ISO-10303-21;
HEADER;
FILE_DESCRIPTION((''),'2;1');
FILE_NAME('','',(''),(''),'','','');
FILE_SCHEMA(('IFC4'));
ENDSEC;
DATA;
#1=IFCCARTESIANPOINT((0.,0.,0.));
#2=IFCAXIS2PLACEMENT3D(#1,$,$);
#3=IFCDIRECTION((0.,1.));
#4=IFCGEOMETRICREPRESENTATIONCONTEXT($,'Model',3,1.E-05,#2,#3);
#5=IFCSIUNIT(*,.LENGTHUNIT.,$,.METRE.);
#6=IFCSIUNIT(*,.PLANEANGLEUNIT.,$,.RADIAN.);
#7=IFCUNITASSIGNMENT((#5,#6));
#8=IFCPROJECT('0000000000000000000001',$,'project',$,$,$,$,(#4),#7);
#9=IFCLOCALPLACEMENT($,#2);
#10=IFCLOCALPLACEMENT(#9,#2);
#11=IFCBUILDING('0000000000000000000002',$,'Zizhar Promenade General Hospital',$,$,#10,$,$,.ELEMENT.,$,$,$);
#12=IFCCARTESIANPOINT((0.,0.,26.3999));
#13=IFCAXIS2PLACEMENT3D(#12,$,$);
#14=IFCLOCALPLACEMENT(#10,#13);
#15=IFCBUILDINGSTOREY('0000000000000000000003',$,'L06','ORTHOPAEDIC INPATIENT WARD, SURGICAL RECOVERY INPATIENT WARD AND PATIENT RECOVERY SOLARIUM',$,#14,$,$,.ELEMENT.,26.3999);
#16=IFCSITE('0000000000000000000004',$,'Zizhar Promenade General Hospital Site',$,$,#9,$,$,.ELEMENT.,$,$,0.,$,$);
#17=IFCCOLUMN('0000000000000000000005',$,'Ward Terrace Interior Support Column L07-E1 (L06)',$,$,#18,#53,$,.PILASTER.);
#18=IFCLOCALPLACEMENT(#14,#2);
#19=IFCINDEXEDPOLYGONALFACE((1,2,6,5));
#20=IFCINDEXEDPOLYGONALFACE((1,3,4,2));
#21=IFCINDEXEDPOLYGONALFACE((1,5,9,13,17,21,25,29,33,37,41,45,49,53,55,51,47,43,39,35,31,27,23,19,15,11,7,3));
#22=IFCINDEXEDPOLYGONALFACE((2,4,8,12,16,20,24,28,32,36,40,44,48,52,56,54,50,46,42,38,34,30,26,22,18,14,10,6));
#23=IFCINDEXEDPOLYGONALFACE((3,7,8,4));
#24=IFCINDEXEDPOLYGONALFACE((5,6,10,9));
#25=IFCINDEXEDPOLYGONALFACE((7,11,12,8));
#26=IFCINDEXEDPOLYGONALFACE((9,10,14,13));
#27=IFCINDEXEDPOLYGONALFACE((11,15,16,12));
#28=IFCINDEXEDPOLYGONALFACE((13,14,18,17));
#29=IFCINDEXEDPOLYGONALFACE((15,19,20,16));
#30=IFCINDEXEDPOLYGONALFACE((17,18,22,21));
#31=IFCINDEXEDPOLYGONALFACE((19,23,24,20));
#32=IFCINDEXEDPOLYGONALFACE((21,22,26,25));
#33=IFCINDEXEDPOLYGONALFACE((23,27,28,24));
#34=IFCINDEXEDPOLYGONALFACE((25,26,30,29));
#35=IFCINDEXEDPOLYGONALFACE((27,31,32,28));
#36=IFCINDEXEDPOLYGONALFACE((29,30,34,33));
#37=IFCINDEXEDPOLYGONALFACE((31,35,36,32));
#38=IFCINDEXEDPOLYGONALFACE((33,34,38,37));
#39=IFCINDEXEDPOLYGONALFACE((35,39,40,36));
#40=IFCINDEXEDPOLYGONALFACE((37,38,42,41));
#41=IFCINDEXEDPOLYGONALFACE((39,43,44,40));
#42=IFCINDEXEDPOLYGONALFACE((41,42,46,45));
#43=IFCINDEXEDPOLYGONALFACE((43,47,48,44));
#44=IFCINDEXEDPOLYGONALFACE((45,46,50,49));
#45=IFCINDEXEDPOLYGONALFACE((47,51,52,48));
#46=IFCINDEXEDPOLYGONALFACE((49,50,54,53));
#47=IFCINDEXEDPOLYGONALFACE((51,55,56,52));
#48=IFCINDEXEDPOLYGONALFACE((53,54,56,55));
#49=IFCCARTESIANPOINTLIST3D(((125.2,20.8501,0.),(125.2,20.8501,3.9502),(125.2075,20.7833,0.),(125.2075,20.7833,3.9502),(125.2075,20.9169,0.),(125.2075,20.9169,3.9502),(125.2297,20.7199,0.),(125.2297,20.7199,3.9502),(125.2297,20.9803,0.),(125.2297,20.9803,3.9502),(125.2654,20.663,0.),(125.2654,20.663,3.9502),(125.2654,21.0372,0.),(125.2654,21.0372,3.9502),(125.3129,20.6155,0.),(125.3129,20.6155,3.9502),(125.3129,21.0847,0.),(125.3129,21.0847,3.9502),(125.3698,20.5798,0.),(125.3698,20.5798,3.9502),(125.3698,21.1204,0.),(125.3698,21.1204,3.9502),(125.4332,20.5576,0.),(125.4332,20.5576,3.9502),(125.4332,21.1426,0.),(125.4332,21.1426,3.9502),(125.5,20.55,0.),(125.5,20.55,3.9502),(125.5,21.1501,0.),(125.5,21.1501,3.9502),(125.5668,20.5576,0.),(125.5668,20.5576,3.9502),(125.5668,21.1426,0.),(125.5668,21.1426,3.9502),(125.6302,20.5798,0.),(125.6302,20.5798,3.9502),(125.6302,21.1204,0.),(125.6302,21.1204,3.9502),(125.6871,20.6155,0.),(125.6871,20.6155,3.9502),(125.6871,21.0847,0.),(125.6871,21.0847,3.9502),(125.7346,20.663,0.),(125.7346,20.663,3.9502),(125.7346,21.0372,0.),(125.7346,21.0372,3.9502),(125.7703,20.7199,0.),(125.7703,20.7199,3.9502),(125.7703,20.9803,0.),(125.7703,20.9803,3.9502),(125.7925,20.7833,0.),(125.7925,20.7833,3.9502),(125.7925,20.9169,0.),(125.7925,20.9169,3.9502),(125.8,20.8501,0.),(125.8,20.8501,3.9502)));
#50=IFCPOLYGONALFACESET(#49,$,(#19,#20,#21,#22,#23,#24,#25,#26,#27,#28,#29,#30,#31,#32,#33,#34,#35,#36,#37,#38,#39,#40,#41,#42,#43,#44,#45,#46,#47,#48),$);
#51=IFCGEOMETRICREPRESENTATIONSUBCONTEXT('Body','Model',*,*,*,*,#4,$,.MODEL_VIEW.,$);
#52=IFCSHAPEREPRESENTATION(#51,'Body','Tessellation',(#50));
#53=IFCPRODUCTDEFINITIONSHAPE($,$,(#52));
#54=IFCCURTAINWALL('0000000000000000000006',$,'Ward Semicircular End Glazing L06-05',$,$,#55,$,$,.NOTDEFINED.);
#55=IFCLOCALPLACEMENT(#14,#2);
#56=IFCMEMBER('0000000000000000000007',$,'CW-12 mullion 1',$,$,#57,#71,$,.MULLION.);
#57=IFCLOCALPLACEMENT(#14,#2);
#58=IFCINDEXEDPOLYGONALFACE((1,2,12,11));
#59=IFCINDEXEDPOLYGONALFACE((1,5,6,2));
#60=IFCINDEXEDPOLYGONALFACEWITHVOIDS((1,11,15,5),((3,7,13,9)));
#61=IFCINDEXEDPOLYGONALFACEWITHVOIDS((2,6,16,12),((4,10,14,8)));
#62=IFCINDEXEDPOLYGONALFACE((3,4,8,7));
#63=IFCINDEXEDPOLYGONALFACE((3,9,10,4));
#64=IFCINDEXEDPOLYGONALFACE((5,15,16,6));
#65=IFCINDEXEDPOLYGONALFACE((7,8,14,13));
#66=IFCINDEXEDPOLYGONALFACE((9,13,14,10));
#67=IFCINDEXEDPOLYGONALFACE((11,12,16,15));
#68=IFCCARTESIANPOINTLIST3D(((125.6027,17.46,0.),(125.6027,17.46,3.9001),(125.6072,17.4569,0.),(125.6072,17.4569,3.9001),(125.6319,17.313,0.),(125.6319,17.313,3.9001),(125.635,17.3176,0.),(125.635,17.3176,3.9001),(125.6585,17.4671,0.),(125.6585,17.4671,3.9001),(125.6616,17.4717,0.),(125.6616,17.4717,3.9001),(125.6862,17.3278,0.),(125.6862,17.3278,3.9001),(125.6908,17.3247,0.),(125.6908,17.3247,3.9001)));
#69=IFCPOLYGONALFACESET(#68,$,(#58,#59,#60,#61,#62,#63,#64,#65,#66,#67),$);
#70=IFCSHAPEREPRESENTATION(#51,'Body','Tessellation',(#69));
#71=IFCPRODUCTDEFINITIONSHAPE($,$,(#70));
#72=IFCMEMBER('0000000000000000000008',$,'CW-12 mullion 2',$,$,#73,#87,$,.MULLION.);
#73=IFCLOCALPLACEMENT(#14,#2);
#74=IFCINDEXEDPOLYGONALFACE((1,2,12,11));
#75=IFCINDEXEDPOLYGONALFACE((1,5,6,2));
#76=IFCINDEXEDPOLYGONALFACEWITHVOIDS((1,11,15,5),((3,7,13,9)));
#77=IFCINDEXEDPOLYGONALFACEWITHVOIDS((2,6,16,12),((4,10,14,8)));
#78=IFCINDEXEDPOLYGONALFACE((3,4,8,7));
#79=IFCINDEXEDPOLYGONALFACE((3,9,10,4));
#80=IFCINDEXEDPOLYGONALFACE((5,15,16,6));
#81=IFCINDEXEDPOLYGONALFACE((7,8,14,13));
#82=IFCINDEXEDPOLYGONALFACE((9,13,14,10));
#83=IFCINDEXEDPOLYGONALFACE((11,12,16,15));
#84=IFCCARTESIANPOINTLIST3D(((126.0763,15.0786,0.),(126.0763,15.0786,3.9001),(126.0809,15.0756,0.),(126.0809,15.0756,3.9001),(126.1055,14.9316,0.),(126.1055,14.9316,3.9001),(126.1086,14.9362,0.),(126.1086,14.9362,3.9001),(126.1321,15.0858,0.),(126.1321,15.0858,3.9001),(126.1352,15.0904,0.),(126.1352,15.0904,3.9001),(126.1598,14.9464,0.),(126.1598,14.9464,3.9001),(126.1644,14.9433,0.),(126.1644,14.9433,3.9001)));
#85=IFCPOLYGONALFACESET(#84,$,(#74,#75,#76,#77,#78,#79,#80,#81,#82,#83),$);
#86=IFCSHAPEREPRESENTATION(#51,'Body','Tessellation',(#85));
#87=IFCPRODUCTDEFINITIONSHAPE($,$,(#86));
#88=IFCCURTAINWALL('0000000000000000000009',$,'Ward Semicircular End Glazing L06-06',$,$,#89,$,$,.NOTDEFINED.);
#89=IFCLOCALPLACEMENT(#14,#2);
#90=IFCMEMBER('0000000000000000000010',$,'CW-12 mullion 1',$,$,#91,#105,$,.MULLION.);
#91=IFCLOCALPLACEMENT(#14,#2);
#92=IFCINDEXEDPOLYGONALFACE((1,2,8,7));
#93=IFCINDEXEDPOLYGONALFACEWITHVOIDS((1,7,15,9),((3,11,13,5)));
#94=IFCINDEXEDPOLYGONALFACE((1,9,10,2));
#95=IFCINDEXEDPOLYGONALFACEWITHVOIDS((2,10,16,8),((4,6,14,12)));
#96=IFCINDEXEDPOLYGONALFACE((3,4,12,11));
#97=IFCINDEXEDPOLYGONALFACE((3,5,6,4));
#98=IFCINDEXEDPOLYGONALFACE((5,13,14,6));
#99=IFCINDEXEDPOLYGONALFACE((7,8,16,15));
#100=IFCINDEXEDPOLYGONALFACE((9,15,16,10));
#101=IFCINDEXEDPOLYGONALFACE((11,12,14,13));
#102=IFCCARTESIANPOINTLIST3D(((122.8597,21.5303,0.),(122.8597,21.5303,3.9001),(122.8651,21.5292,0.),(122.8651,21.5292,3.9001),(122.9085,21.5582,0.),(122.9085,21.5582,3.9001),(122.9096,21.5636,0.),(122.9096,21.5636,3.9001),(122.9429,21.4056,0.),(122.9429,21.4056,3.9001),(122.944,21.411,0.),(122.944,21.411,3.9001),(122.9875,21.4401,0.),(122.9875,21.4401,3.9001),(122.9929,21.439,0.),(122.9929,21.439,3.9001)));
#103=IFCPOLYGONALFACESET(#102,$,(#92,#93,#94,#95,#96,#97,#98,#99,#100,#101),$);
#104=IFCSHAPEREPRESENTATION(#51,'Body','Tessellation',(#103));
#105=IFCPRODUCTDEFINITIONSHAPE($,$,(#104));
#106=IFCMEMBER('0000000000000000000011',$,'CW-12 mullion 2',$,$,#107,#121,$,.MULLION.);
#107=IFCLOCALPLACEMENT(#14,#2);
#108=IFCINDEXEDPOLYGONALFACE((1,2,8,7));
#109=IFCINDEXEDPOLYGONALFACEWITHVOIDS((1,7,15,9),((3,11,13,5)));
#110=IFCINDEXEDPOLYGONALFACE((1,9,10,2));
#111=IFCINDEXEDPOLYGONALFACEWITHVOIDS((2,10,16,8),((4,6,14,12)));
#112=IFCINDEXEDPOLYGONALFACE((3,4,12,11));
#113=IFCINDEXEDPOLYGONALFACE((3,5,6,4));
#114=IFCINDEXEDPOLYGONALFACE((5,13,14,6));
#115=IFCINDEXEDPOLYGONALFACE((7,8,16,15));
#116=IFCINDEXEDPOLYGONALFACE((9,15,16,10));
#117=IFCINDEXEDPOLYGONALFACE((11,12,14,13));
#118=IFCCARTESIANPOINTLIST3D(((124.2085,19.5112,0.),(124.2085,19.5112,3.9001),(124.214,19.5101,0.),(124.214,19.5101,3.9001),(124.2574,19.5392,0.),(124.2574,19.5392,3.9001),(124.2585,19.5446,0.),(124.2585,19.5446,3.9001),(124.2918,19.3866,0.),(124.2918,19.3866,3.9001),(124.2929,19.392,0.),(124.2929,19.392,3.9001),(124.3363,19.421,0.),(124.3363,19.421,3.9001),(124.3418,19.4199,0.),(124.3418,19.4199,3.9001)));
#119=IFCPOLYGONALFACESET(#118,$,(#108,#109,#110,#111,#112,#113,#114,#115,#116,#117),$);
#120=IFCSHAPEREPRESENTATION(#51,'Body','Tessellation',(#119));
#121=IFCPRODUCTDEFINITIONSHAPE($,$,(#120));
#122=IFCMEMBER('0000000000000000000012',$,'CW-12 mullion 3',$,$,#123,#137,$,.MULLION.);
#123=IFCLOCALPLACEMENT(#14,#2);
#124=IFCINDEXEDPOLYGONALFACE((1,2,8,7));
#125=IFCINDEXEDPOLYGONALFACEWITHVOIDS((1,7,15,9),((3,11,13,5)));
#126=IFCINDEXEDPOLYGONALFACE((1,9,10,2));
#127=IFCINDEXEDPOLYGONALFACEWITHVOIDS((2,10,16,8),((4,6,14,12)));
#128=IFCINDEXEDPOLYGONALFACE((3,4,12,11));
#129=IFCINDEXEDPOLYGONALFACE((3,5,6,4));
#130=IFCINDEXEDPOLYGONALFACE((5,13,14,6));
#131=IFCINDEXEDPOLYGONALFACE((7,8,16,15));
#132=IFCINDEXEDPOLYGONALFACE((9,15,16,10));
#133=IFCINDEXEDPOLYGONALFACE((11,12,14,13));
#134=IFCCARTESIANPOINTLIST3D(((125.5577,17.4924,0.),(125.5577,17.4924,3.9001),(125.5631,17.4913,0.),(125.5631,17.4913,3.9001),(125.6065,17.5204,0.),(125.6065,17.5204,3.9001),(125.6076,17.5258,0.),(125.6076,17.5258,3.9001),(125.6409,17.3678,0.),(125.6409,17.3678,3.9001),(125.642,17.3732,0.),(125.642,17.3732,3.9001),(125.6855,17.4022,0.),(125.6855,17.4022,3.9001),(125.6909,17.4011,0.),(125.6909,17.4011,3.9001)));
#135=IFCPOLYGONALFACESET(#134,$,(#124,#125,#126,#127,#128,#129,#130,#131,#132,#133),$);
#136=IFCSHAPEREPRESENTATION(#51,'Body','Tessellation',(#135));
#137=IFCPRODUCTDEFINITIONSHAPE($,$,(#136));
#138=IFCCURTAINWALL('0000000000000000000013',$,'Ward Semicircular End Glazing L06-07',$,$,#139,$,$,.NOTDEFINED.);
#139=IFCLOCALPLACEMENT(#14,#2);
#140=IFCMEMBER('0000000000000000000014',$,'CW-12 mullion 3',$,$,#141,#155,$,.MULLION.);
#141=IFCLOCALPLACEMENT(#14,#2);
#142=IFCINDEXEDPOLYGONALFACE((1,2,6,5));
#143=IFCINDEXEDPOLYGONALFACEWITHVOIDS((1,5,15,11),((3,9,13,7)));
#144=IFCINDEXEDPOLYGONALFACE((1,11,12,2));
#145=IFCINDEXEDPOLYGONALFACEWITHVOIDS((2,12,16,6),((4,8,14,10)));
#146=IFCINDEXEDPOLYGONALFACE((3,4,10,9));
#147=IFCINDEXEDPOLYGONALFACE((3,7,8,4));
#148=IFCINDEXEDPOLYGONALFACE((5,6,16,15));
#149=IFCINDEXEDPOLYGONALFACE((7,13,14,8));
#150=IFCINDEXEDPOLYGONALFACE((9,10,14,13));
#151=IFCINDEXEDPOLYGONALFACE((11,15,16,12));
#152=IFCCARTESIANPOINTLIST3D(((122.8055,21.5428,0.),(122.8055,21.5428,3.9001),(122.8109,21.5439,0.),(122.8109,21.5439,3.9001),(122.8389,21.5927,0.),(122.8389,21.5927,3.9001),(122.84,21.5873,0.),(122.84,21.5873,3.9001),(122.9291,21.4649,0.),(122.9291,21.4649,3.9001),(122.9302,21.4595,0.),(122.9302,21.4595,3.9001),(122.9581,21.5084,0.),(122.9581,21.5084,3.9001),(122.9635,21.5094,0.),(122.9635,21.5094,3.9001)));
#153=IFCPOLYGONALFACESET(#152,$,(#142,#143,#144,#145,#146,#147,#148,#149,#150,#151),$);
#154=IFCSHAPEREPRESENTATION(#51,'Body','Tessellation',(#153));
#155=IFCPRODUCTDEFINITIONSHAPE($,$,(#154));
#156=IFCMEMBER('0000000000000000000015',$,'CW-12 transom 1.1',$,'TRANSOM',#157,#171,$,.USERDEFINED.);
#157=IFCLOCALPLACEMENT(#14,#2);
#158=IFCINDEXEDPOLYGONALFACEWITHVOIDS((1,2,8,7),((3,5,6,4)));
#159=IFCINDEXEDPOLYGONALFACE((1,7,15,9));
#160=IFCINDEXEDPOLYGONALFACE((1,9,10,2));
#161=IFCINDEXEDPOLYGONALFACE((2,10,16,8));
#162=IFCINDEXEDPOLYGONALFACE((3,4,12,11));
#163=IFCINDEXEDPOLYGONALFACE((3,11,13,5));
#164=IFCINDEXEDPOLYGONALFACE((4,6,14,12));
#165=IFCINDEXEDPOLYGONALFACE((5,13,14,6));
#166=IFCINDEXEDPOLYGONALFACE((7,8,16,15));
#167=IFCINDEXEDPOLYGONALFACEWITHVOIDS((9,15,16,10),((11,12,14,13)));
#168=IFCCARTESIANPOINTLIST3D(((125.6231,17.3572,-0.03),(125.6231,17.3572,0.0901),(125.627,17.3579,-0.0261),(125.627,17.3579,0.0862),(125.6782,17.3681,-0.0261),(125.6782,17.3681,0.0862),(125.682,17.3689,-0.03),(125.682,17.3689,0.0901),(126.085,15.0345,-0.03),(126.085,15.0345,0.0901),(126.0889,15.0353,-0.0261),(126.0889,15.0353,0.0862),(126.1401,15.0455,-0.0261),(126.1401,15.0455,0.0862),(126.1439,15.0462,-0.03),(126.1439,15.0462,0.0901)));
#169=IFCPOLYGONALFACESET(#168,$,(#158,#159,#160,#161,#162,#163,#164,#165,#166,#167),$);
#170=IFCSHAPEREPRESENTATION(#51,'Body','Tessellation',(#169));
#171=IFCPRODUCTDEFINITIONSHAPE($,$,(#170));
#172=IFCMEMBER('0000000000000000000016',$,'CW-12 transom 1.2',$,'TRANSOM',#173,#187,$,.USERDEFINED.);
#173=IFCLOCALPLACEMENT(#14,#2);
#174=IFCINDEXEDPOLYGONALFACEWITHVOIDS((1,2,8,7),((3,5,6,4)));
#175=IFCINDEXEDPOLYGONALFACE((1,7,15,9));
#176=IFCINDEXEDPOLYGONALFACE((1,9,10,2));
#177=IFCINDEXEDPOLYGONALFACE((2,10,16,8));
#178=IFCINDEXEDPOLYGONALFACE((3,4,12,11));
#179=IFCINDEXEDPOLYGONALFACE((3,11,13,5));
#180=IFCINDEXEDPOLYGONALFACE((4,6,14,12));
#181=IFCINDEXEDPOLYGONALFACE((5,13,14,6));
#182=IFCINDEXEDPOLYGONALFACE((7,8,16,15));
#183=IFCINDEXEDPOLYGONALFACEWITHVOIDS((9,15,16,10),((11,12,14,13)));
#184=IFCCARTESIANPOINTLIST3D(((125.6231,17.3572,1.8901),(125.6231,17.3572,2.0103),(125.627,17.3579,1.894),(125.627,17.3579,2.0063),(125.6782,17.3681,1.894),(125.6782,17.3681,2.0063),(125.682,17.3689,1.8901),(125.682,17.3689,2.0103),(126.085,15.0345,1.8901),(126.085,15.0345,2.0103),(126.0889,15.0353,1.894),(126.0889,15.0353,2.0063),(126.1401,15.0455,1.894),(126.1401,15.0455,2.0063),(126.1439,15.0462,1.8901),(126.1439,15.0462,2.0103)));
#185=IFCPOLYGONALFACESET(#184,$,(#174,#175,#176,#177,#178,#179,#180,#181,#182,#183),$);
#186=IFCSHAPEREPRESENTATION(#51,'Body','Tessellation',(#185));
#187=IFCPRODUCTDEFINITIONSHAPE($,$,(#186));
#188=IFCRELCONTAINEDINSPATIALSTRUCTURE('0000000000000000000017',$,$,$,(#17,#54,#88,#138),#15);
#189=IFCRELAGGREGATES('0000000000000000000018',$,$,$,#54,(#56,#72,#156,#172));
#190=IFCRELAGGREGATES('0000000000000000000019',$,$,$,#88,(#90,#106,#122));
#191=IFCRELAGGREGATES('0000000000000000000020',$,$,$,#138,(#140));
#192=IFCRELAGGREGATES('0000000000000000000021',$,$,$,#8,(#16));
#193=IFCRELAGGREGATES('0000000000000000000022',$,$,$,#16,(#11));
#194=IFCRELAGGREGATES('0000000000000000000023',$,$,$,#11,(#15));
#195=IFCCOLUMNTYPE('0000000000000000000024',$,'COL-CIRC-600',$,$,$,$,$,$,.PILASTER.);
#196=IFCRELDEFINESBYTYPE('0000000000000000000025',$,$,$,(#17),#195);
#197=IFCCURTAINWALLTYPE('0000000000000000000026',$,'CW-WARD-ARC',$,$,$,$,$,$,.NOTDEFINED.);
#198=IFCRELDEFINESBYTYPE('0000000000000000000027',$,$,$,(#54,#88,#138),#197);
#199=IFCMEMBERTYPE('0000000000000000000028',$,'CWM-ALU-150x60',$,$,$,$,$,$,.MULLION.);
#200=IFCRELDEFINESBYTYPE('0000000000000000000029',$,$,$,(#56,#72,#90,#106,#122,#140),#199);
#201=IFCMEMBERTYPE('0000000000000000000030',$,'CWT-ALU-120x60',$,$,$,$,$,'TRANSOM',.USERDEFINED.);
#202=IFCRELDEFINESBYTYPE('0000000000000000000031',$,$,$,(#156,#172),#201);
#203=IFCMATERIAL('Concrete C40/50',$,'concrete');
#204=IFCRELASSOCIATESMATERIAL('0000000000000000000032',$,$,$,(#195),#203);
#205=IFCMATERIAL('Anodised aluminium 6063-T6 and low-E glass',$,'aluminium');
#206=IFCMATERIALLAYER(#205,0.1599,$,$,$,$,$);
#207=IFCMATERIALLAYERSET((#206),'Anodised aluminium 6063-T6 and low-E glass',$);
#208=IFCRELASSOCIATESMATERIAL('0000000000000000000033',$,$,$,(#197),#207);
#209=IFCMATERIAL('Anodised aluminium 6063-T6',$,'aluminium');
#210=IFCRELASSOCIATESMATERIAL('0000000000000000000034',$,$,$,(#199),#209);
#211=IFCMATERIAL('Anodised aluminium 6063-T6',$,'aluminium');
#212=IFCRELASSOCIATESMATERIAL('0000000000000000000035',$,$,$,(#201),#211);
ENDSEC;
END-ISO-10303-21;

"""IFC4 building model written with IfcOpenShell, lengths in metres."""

from ifc_helpers import new_model, si_unit, direction, frame, origin, origin_2d, place, context, subcontext, project, spatial, hollow_rectangle, circle, extrude, material, layer, layer_set, material_profile, profile_set, type_object, element, aggregate, save


model = new_model("IFC4")

# Units and contexts
model_context = context("Model", 3, precision=1e-05, world=origin(), true_north=direction((0.0, 1.0)))
body_context = subcontext(model_context, "Body", "Model", "MODEL_VIEW")
ifc_project = project(units=[si_unit("LENGTHUNIT", "METRE"), si_unit("PLANEANGLEUNIT", "RADIAN")], contexts=[model_context])

# Site, building, storey
site_placement = place(None, origin())
site = spatial("IfcSite", under=ifc_project, at=site_placement, Name="Zizhar Promenade General Hospital Site", CompositionType="ELEMENT", RefElevation=0.0)
building_placement = place(site_placement, origin())
building = spatial("IfcBuilding", under=site, at=building_placement, Name="Zizhar Promenade General Hospital", CompositionType="ELEMENT")
storey_placement = place(building_placement, frame((0.0, 0.0, 26.3999)))
storey = spatial("IfcBuildingStorey", under=building, at=storey_placement, Name="L06", Description="ORTHOPAEDIC INPATIENT WARD, SURGICAL RECOVERY INPATIENT WARD AND PATIENT RECOVERY SOLARIUM", CompositionType="ELEMENT", Elevation=26.3999)

# Column
ifc_material_1 = material(Name="Concrete C40/50", Category="concrete")
ifc_material_profile_1 = material_profile(ifc_material_1, circle(Radius=0.3, at=origin_2d()))
ifc_profile_set_1 = profile_set([ifc_material_profile_1], Name="Concrete C40/50")
column_type = type_object("IfcColumnType", Name="COL-CIRC-600", PredefinedType="PILASTER", material=ifc_profile_set_1)
column_placement = place(storey_placement, frame((125.5, 20.8501, 0.0), z_axis=(0.0, 0.0, 1.0), x_axis=(1.0, 0.0, 0.0)))
element("IfcColumn", 1, at=column_placement, inside=storey, type_object=column_type, Name="Ward Terrace Interior Support Column L07-E1 (L06)", PredefinedType="PILASTER", context=body_context, shape_type="SweptSolid", body=[
    extrude(circle(Radius=0.3, at=origin_2d()), origin(), (0.0, 0.0, 1.0), 3.9502),
])

# Curtain walls, members
ifc_material_2 = material(Name="Anodised aluminium 6063-T6 and low-E glass", Category="aluminium")
ifc_layer_1 = layer(ifc_material_2, 0.1599)
ifc_layer_set_1 = layer_set([ifc_layer_1], Name="Anodised aluminium 6063-T6 and low-E glass")
curtain_wall_type = type_object("IfcCurtainWallType", Name="CW-WARD-ARC", PredefinedType="NOTDEFINED", material=ifc_layer_set_1)
curtain_wall_1_placement = place(storey_placement, origin())
curtain_wall_1 = element("IfcCurtainWall", 2, at=curtain_wall_1_placement, inside=storey, type_object=curtain_wall_type, Name="Ward Semicircular End Glazing L06-05", PredefinedType="NOTDEFINED")
ifc_material_3 = material(Name="Anodised aluminium 6063-T6", Category="aluminium")
ifc_material_profile_2 = material_profile(ifc_material_3, hollow_rectangle(XDim=0.0601, YDim=0.1499, WallThickness=0.0039, at=origin_2d()))
ifc_profile_set_2 = profile_set([ifc_material_profile_2], Name="Anodised aluminium 6063-T6")
member_type_1 = type_object("IfcMemberType", Name="CWM-ALU-150x60", PredefinedType="MULLION", material=ifc_profile_set_2)
member_1_placement = place(storey_placement, frame((125.6467, 17.3923, 0.0), z_axis=(0.0, 0.0, 1.0), x_axis=(0.980786, 0.195087, 0.0)))
member_1 = element("IfcMember", 3, at=member_1_placement, type_object=member_type_1, Name="CW-12 mullion 1", PredefinedType="MULLION", context=body_context, shape_type="SweptSolid", body=[
    extrude(hollow_rectangle(XDim=0.0601, YDim=0.1499, WallThickness=0.0039, at=origin_2d()), origin(), (0.0, 0.0, 1.0), 3.9001),
])
member_2_placement = place(storey_placement, frame((126.1204, 15.011, 0.0), z_axis=(0.0, 0.0, 1.0), x_axis=(0.980786, 0.195087, 0.0)))
member_2 = element("IfcMember", 4, at=member_2_placement, type_object=member_type_1, Name="CW-12 mullion 2", PredefinedType="MULLION", context=body_context, shape_type="SweptSolid", body=[
    extrude(hollow_rectangle(XDim=0.0601, YDim=0.1499, WallThickness=0.0039, at=origin_2d()), origin(), (0.0, 0.0, 1.0), 3.9001),
])
curtain_wall_2_placement = place(storey_placement, origin())
curtain_wall_2 = element("IfcCurtainWall", 5, at=curtain_wall_2_placement, inside=storey, type_object=curtain_wall_type, Name="Ward Semicircular End Glazing L06-06", PredefinedType="NOTDEFINED")
member_3_placement = place(storey_placement, frame((122.9263, 21.4846, 0.0), z_axis=(0.0, 0.0, 1.0), x_axis=(0.831462, 0.555582, 0.0)))
member_3 = element("IfcMember", 6, at=member_3_placement, type_object=member_type_1, Name="CW-12 mullion 1", PredefinedType="MULLION", context=body_context, shape_type="SweptSolid", body=[
    extrude(hollow_rectangle(XDim=0.0601, YDim=0.1499, WallThickness=0.0039, at=origin_2d()), origin(), (0.0, 0.0, 1.0), 3.9001),
])
member_4_placement = place(storey_placement, frame((124.2751, 19.4656, 0.0), z_axis=(0.0, 0.0, 1.0), x_axis=(0.831462, 0.555582, 0.0)))
member_4 = element("IfcMember", 7, at=member_4_placement, type_object=member_type_1, Name="CW-12 mullion 2", PredefinedType="MULLION", context=body_context, shape_type="SweptSolid", body=[
    extrude(hollow_rectangle(XDim=0.0601, YDim=0.1499, WallThickness=0.0039, at=origin_2d()), origin(), (0.0, 0.0, 1.0), 3.9001),
])
member_5_placement = place(storey_placement, frame((125.6243, 17.4468, 0.0), z_axis=(0.0, 0.0, 1.0), x_axis=(0.831462, 0.555582, 0.0)))
member_5 = element("IfcMember", 8, at=member_5_placement, type_object=member_type_1, Name="CW-12 mullion 3", PredefinedType="MULLION", context=body_context, shape_type="SweptSolid", body=[
    extrude(hollow_rectangle(XDim=0.0601, YDim=0.1499, WallThickness=0.0039, at=origin_2d()), origin(), (0.0, 0.0, 1.0), 3.9001),
])

# Curtain wall, member
curtain_wall_3_placement = place(storey_placement, origin())
curtain_wall_3 = element("IfcCurtainWall", 9, at=curtain_wall_3_placement, inside=storey, type_object=curtain_wall_type, Name="Ward Semicircular End Glazing L06-07", PredefinedType="NOTDEFINED")
member_6_placement = place(storey_placement, frame((122.8845, 21.5261, 0.0), z_axis=(0.0, 0.0, 1.0), x_axis=(0.555582, 0.831462, 0.0)))
member_6 = element("IfcMember", 10, at=member_6_placement, type_object=member_type_1, Name="CW-12 mullion 3", PredefinedType="MULLION", context=body_context, shape_type="SweptSolid", body=[
    extrude(hollow_rectangle(XDim=0.0601, YDim=0.1499, WallThickness=0.0039, at=origin_2d()), origin(), (0.0, 0.0, 1.0), 3.9001),
])

# Members
ifc_material_4 = material(Name="Anodised aluminium 6063-T6", Category="aluminium")
ifc_material_profile_3 = material_profile(ifc_material_4, hollow_rectangle(XDim=0.0601, YDim=0.1201, WallThickness=0.0039, at=origin_2d()))
ifc_profile_set_3 = profile_set([ifc_material_profile_3], Name="Anodised aluminium 6063-T6")
member_type_2 = type_object("IfcMemberType", Name="CWT-ALU-120x60", ElementType="TRANSOM", PredefinedType="USERDEFINED", material=ifc_profile_set_3)
member_7_placement = place(storey_placement, frame((125.6526, 17.363, 0.03), z_axis=(0.195045, -0.980794, 0.0), x_axis=(0.980794, 0.195045, 0.0)))
member_7 = element("IfcMember", 11, at=member_7_placement, type_object=member_type_2, Name="CW-12 transom 1.1", ObjectType="TRANSOM", PredefinedType="USERDEFINED", context=body_context, shape_type="SweptSolid", body=[
    extrude(hollow_rectangle(XDim=0.0601, YDim=0.1201, WallThickness=0.0039, at=origin_2d()), origin(), (0.0, 0.0, 1.0), 2.3682),
])
member_8_placement = place(storey_placement, frame((125.6526, 17.363, 1.9502), z_axis=(0.195045, -0.980794, 0.0), x_axis=(0.980794, 0.195045, 0.0)))
member_8 = element("IfcMember", 12, at=member_8_placement, type_object=member_type_2, Name="CW-12 transom 1.2", ObjectType="TRANSOM", PredefinedType="USERDEFINED", context=body_context, shape_type="SweptSolid", body=[
    extrude(hollow_rectangle(XDim=0.0601, YDim=0.1201, WallThickness=0.0039, at=origin_2d()), origin(), (0.0, 0.0, 1.0), 2.3682),
])

aggregate(curtain_wall_1, [member_1, member_2, member_7, member_8])
aggregate(curtain_wall_2, [member_3, member_4, member_5])
aggregate(curtain_wall_3, [member_6])

save(model, "model.ifc")
